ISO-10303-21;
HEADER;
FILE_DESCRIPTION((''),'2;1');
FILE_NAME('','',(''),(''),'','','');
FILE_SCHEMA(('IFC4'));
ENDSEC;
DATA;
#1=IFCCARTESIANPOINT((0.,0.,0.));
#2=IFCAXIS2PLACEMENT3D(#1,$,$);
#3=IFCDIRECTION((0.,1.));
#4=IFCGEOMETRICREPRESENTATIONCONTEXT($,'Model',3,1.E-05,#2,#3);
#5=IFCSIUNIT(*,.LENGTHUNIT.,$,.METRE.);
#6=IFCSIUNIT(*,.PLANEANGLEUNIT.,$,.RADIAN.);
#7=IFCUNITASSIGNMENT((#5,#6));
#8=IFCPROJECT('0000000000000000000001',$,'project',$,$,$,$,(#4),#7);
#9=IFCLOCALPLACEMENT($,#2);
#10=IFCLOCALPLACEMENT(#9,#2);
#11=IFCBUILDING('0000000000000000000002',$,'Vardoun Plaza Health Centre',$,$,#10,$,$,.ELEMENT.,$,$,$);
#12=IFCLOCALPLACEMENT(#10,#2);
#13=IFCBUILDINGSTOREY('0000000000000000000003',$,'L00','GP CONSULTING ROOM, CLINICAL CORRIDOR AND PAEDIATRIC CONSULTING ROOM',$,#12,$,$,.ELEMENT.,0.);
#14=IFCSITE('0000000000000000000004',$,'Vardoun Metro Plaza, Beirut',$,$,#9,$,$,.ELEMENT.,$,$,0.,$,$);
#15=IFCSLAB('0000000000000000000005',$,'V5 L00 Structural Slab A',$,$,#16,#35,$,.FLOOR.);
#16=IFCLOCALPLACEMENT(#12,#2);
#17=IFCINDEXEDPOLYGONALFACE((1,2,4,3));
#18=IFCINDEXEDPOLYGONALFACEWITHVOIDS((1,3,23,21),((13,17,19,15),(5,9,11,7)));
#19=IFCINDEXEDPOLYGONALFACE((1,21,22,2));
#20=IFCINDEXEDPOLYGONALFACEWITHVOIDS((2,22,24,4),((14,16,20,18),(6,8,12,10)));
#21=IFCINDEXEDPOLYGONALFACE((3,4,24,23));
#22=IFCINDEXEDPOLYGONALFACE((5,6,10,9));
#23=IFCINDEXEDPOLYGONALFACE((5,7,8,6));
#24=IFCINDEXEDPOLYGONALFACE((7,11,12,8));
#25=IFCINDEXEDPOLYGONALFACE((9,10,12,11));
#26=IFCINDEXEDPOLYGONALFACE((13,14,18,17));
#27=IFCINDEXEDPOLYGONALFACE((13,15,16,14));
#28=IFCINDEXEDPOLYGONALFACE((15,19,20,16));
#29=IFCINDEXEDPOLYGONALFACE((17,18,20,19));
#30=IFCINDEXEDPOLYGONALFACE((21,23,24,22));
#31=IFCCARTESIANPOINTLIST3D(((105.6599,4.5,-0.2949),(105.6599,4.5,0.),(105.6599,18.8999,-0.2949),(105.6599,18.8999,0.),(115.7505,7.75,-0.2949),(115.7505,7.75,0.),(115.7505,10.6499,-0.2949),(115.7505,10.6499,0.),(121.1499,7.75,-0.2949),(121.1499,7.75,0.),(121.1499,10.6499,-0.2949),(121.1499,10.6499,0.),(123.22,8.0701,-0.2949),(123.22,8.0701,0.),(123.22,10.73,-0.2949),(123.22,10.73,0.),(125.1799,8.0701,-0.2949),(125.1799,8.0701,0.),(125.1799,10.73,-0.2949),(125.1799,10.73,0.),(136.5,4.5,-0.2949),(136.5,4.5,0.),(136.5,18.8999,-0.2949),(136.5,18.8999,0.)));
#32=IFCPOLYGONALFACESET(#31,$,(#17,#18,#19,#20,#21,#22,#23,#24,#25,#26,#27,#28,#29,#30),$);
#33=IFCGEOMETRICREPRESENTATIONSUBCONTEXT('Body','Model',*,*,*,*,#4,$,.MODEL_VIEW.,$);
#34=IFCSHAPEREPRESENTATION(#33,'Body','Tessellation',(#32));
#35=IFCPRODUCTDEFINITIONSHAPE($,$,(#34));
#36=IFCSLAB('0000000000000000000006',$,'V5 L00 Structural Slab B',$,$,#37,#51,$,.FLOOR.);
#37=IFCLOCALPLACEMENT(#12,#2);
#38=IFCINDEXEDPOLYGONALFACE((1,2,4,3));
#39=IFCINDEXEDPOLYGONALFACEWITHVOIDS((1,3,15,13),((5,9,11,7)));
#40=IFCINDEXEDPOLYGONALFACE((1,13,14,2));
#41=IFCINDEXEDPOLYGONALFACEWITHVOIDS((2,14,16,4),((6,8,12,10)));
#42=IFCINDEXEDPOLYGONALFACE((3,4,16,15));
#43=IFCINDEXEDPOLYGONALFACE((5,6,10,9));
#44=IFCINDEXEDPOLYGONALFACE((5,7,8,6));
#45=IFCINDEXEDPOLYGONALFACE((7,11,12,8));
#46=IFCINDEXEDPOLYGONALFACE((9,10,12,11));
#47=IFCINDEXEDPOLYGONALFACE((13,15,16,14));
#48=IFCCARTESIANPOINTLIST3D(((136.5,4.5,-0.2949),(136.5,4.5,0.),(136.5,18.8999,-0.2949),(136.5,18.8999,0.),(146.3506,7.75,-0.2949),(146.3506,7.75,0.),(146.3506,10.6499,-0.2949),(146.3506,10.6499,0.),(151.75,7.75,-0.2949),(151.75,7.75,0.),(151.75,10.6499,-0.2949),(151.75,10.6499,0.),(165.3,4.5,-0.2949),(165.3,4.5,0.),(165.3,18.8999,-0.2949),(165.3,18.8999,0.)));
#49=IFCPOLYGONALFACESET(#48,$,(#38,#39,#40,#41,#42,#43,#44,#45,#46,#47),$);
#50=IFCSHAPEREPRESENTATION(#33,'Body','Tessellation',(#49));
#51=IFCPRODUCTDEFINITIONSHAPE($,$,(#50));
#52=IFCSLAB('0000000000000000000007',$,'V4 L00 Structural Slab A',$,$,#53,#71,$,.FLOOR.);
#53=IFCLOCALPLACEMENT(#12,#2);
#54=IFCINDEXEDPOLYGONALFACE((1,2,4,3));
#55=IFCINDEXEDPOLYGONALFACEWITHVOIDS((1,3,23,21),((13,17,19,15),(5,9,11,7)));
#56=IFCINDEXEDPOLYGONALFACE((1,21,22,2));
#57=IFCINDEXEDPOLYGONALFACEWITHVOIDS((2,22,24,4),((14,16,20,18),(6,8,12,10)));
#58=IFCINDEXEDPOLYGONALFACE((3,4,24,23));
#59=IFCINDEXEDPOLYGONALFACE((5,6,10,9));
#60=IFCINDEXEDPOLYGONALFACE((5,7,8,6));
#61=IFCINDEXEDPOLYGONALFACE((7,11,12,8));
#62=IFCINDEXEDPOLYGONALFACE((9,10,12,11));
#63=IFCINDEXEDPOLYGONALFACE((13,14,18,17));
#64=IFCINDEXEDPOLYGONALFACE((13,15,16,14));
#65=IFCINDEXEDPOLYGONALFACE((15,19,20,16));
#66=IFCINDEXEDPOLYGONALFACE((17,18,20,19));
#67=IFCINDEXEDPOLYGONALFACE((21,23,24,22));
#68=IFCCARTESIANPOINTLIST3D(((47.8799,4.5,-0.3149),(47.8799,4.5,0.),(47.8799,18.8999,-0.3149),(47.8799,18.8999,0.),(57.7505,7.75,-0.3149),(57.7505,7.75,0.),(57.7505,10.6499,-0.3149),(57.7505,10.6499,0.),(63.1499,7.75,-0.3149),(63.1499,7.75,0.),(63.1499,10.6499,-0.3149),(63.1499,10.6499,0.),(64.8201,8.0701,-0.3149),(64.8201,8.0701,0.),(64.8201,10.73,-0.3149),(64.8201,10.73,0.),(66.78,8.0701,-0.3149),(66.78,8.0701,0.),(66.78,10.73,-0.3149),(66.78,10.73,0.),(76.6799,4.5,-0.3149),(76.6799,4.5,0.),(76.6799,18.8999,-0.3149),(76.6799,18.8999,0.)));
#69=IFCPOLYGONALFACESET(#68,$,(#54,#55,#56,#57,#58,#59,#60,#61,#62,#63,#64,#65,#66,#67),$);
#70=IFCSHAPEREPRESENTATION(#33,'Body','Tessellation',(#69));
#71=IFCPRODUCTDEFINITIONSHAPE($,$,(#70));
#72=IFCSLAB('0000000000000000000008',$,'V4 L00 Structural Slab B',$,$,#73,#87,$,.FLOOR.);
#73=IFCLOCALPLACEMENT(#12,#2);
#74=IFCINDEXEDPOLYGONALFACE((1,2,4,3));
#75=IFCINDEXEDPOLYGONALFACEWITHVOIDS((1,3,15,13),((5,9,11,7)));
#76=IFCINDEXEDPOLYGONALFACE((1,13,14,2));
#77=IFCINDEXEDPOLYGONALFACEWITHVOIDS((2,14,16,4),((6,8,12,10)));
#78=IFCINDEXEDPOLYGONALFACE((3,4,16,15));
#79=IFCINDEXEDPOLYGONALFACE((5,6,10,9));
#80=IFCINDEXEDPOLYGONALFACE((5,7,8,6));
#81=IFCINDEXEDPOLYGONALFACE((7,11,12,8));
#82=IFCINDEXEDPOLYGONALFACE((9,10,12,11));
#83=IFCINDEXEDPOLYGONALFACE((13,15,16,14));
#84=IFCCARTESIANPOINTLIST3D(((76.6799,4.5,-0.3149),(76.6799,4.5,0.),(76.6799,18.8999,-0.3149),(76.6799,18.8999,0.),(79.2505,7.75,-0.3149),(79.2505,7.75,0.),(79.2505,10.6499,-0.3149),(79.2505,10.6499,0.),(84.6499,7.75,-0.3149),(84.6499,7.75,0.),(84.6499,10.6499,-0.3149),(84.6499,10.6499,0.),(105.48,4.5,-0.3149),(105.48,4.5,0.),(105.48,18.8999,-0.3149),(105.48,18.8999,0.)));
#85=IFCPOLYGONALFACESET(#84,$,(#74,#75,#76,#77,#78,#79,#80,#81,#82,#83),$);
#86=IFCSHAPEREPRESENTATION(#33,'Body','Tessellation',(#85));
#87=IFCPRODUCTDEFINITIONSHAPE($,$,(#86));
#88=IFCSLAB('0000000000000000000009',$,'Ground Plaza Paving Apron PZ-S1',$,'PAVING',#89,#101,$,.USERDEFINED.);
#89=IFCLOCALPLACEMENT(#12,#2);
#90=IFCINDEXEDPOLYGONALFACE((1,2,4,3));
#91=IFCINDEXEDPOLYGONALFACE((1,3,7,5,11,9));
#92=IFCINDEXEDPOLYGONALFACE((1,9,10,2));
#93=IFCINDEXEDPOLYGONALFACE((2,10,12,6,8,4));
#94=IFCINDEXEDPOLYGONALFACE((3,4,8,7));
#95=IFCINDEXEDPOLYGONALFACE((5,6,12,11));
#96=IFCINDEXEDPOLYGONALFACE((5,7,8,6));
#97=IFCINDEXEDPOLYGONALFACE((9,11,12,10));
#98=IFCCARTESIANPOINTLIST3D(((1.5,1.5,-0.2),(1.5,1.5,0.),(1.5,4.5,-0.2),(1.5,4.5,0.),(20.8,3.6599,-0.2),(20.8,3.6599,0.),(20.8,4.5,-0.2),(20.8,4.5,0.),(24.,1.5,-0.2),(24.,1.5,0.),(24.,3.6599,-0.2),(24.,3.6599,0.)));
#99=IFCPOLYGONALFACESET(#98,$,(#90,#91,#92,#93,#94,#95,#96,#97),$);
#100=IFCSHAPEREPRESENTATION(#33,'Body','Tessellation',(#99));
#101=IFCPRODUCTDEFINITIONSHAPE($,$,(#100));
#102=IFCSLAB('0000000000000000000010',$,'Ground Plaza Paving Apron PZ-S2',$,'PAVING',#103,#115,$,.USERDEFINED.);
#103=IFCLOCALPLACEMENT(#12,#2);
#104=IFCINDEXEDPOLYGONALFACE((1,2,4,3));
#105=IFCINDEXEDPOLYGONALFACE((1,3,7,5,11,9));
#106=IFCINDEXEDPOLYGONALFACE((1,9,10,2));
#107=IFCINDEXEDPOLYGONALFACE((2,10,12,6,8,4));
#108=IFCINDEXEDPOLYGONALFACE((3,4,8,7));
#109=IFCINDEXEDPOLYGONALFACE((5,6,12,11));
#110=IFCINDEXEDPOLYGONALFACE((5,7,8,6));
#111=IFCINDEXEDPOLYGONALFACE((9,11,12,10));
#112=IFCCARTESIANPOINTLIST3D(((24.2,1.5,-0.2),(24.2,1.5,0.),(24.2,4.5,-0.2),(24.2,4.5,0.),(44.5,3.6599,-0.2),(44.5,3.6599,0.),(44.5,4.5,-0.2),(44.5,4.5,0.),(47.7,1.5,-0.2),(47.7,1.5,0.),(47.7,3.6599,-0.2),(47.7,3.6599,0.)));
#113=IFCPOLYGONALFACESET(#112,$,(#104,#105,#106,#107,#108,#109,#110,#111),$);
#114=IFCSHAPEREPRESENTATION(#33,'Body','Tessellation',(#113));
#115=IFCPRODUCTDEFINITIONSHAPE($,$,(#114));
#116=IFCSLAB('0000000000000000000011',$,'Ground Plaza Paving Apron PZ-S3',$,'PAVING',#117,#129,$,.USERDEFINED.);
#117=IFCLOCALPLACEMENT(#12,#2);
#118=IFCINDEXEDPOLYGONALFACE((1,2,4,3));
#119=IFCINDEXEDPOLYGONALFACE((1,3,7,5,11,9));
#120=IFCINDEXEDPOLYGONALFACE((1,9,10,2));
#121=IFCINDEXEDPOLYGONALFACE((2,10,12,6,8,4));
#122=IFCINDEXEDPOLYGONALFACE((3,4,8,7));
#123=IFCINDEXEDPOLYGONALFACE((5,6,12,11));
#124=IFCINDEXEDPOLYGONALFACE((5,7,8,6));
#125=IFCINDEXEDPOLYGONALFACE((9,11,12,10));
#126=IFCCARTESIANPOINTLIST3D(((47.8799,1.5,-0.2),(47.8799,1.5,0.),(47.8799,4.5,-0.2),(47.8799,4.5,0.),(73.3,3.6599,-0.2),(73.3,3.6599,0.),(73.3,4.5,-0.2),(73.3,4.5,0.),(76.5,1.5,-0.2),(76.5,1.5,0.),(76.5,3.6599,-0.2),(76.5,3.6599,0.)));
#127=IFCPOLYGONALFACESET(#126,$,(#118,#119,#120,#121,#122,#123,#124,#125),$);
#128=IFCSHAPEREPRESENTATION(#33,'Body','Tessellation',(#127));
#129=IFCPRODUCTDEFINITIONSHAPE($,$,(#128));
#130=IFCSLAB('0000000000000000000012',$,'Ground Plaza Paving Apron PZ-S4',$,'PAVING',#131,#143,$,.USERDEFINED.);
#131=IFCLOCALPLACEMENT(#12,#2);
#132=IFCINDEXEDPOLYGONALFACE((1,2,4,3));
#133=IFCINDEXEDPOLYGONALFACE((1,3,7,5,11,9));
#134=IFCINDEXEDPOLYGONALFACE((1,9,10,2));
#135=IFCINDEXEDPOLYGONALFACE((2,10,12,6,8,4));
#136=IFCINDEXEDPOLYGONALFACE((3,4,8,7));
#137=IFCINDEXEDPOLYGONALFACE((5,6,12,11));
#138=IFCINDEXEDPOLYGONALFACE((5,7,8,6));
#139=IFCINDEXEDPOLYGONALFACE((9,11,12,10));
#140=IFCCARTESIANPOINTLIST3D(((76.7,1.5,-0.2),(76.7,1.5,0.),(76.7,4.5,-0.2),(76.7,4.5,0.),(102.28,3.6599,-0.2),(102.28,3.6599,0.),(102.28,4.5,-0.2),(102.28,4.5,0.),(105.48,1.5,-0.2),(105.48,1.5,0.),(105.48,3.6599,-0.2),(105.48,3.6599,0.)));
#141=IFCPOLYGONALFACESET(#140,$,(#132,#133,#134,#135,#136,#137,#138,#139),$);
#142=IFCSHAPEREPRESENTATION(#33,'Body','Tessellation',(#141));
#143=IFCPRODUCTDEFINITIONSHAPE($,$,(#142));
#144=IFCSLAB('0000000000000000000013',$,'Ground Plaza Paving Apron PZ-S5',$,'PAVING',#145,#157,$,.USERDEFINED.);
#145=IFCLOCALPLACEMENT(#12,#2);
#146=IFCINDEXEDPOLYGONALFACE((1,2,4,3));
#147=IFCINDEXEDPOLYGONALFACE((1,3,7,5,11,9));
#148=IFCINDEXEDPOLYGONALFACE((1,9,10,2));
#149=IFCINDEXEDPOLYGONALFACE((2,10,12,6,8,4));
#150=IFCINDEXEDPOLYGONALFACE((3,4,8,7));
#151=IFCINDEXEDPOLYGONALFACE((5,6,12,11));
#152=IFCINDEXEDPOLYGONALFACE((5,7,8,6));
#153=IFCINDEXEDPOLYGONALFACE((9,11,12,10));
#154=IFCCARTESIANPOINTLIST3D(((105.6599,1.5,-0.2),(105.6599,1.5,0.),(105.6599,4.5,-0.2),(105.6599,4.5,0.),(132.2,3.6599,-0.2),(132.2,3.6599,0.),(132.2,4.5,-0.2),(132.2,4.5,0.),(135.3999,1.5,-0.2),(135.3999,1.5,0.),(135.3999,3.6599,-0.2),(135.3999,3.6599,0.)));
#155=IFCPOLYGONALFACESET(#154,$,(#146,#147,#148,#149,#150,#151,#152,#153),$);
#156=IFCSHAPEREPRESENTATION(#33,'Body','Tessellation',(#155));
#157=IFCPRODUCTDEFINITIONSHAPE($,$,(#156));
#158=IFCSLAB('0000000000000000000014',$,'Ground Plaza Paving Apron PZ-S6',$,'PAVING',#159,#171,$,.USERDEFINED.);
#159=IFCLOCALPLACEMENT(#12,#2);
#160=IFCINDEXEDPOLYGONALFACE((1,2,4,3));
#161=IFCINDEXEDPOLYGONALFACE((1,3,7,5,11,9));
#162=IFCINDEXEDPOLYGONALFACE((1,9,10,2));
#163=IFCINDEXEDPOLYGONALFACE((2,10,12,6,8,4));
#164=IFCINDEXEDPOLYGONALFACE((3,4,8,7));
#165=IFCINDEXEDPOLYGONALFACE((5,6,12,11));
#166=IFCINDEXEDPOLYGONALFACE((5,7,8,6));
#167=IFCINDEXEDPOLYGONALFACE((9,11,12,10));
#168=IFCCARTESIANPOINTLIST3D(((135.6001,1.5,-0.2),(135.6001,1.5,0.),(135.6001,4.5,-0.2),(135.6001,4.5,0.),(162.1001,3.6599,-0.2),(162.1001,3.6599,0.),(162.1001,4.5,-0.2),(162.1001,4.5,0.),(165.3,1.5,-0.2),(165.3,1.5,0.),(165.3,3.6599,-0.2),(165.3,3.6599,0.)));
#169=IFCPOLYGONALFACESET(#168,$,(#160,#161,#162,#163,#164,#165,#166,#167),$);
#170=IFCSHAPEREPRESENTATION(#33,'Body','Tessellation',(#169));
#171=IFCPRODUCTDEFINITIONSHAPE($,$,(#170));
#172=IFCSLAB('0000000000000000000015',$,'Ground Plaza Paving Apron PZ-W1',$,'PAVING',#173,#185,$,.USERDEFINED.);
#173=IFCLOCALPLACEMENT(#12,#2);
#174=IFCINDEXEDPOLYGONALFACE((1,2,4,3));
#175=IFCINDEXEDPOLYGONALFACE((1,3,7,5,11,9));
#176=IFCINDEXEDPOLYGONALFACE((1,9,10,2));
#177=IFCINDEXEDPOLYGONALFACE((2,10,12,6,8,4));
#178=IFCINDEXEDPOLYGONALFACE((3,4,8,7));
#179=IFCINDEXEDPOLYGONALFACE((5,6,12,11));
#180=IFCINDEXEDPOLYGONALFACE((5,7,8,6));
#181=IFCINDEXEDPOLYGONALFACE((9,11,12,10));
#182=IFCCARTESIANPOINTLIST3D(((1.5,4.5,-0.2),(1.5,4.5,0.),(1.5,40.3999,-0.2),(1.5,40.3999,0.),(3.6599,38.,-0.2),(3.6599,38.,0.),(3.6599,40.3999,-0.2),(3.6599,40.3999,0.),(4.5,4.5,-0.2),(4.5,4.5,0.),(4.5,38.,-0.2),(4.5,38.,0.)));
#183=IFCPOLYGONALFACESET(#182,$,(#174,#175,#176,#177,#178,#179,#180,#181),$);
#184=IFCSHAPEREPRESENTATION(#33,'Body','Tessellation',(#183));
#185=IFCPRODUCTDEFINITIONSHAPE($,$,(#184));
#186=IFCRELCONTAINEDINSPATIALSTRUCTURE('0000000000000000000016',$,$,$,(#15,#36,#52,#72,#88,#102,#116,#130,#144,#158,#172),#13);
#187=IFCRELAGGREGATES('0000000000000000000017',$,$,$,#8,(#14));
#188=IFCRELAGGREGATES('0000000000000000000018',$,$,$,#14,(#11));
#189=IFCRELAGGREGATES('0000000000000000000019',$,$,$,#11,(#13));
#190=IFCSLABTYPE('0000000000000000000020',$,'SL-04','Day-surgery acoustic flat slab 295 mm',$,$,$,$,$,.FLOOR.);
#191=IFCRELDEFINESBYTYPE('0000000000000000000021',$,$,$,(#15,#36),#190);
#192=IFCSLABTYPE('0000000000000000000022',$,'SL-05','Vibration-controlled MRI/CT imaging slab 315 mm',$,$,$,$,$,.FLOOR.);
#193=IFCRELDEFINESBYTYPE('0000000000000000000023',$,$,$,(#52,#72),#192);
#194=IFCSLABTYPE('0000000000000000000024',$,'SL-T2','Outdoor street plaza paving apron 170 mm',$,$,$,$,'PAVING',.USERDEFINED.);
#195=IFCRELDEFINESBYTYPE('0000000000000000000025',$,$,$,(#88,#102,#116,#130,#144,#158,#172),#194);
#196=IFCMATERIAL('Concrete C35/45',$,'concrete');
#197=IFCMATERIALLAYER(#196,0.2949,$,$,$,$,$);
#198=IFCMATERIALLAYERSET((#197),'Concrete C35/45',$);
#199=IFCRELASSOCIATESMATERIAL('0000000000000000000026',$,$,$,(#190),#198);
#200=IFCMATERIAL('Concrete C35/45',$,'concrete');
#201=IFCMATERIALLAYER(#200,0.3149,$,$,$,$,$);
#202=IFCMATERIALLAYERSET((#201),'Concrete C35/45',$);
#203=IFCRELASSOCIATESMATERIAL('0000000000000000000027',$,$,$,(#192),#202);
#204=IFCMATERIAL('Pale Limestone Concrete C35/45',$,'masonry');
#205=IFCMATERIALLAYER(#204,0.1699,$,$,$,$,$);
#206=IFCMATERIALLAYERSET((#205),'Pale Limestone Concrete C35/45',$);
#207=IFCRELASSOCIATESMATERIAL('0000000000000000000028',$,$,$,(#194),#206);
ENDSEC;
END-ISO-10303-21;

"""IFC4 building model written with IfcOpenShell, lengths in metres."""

from ifc_helpers import new_model, si_unit, direction, frame, origin, place, context, subcontext, project, spatial, polyline, outline, extrude, material, layer, layer_set, type_object, element, save


model = new_model("IFC4")

# Units and contexts
model_context = context("Model", 3, precision=1e-05, world=origin(), true_north=direction((0.0, 1.0)))
body_context = subcontext(model_context, "Body", "Model", "MODEL_VIEW")
ifc_project = project(units=[si_unit("LENGTHUNIT", "METRE"), si_unit("PLANEANGLEUNIT", "RADIAN")], contexts=[model_context])

# Site, building, storey
site_placement = place(None, origin())
site = spatial("IfcSite", under=ifc_project, at=site_placement, Name="Vardoun Metro Plaza, Beirut", CompositionType="ELEMENT", RefElevation=0.0)
building_placement = place(site_placement, origin())
building = spatial("IfcBuilding", under=site, at=building_placement, Name="Vardoun Plaza Health Centre", CompositionType="ELEMENT")
storey_placement = place(building_placement, origin())
storey = spatial("IfcBuildingStorey", under=building, at=storey_placement, Name="L00", Description="GP CONSULTING ROOM, CLINICAL CORRIDOR AND PAEDIATRIC CONSULTING ROOM", CompositionType="ELEMENT", Elevation=0.0)

# Slabs
ifc_material_1 = material(Name="Concrete C35/45", Category="concrete")
ifc_layer_1 = layer(ifc_material_1, 0.2949)
ifc_layer_set_1 = layer_set([ifc_layer_1], Name="Concrete C35/45")
slab_type_1 = type_object("IfcSlabType", Name="SL-04", Description="Day-surgery acoustic flat slab 295 mm", PredefinedType="FLOOR", material=ifc_layer_set_1)
slab_1_placement = place(storey_placement, frame((0.0, 0.0, -0.2949)))
element("IfcSlab", 1, at=slab_1_placement, inside=storey, type_object=slab_type_1, Name="V5 L00 Structural Slab A", PredefinedType="FLOOR", context=body_context, shape_type="SweptSolid", body=[
    extrude(outline(polyline([(105.6599, 4.5), (136.5, 4.5), (136.5, 18.8999), (105.6599, 18.8999), (105.6599, 4.5)]), holes=[polyline([(115.7505, 7.75), (121.1499, 7.75), (121.1499, 10.6499), (115.7505, 10.6499), (115.7505, 7.75)]), polyline([(123.22, 8.0701), (125.1799, 8.0701), (125.1799, 10.73), (123.22, 10.73), (123.22, 8.0701)])]), origin(), (0.0, 0.0, 1.0), 0.2949),
])
slab_2_placement = place(storey_placement, frame((0.0, 0.0, -0.2949)))
element("IfcSlab", 2, at=slab_2_placement, inside=storey, type_object=slab_type_1, Name="V5 L00 Structural Slab B", PredefinedType="FLOOR", context=body_context, shape_type="SweptSolid", body=[
    extrude(outline(polyline([(136.5, 4.5), (165.3, 4.5), (165.3, 18.8999), (136.5, 18.8999), (136.5, 4.5)]), holes=[polyline([(146.3506, 7.75), (151.75, 7.75), (151.75, 10.6499), (146.3506, 10.6499), (146.3506, 7.75)])]), origin(), (0.0, 0.0, 1.0), 0.2949),
])
ifc_material_2 = material(Name="Concrete C35/45", Category="concrete")
ifc_layer_2 = layer(ifc_material_2, 0.3149)
ifc_layer_set_2 = layer_set([ifc_layer_2], Name="Concrete C35/45")
slab_type_2 = type_object("IfcSlabType", Name="SL-05", Description="Vibration-controlled MRI/CT imaging slab 315 mm", PredefinedType="FLOOR", material=ifc_layer_set_2)
slab_3_placement = place(storey_placement, frame((0.0, 0.0, -0.3149)))
element("IfcSlab", 3, at=slab_3_placement, inside=storey, type_object=slab_type_2, Name="V4 L00 Structural Slab A", PredefinedType="FLOOR", context=body_context, shape_type="SweptSolid", body=[
    extrude(outline(polyline([(47.8799, 4.5), (76.6799, 4.5), (76.6799, 18.8999), (47.8799, 18.8999), (47.8799, 4.5)]), holes=[polyline([(57.7505, 7.75), (63.1499, 7.75), (63.1499, 10.6499), (57.7505, 10.6499), (57.7505, 7.75)]), polyline([(64.8201, 8.0701), (66.78, 8.0701), (66.78, 10.73), (64.8201, 10.73), (64.8201, 8.0701)])]), origin(), (0.0, 0.0, 1.0), 0.3149),
])
slab_4_placement = place(storey_placement, frame((0.0, 0.0, -0.3149)))
element("IfcSlab", 4, at=slab_4_placement, inside=storey, type_object=slab_type_2, Name="V4 L00 Structural Slab B", PredefinedType="FLOOR", context=body_context, shape_type="SweptSolid", body=[
    extrude(outline(polyline([(76.6799, 4.5), (105.48, 4.5), (105.48, 18.8999), (76.6799, 18.8999), (76.6799, 4.5)]), holes=[polyline([(79.2505, 7.75), (84.6499, 7.75), (84.6499, 10.6499), (79.2505, 10.6499), (79.2505, 7.75)])]), origin(), (0.0, 0.0, 1.0), 0.3149),
])
ifc_material_3 = material(Name="Pale Limestone Concrete C35/45", Category="masonry")
ifc_layer_3 = layer(ifc_material_3, 0.1699)
ifc_layer_set_3 = layer_set([ifc_layer_3], Name="Pale Limestone Concrete C35/45")
slab_type_3 = type_object("IfcSlabType", Name="SL-T2", Description="Outdoor street plaza paving apron 170 mm", ElementType="PAVING", PredefinedType="USERDEFINED", material=ifc_layer_set_3)
slab_5_placement = place(storey_placement, frame((0.0, 0.0, -0.2)))
element("IfcSlab", 5, at=slab_5_placement, inside=storey, type_object=slab_type_3, Name="Ground Plaza Paving Apron PZ-S1", ObjectType="PAVING", PredefinedType="USERDEFINED", context=body_context, shape_type="SweptSolid", body=[
    extrude(outline(polyline([(1.5, 1.5), (24.0, 1.5), (24.0, 3.6599), (20.8, 3.6599), (20.8, 4.5), (1.5, 4.5), (1.5, 1.5)])), origin(), (0.0, 0.0, 1.0), 0.2),
])
slab_6_placement = place(storey_placement, frame((0.0, 0.0, -0.2)))
element("IfcSlab", 6, at=slab_6_placement, inside=storey, type_object=slab_type_3, Name="Ground Plaza Paving Apron PZ-S2", ObjectType="PAVING", PredefinedType="USERDEFINED", context=body_context, shape_type="SweptSolid", body=[
    extrude(outline(polyline([(24.2, 1.5), (47.7, 1.5), (47.7, 3.6599), (44.5, 3.6599), (44.5, 4.5), (24.2, 4.5), (24.2, 1.5)])), origin(), (0.0, 0.0, 1.0), 0.2),
])
slab_7_placement = place(storey_placement, frame((0.0, 0.0, -0.2)))
element("IfcSlab", 7, at=slab_7_placement, inside=storey, type_object=slab_type_3, Name="Ground Plaza Paving Apron PZ-S3", ObjectType="PAVING", PredefinedType="USERDEFINED", context=body_context, shape_type="SweptSolid", body=[
    extrude(outline(polyline([(47.8799, 1.5), (76.5, 1.5), (76.5, 3.6599), (73.3, 3.6599), (73.3, 4.5), (47.8799, 4.5), (47.8799, 1.5)])), origin(), (0.0, 0.0, 1.0), 0.2),
])
slab_8_placement = place(storey_placement, frame((0.0, 0.0, -0.2)))
element("IfcSlab", 8, at=slab_8_placement, inside=storey, type_object=slab_type_3, Name="Ground Plaza Paving Apron PZ-S4", ObjectType="PAVING", PredefinedType="USERDEFINED", context=body_context, shape_type="SweptSolid", body=[
    extrude(outline(polyline([(76.7, 1.5), (105.48, 1.5), (105.48, 3.6599), (102.28, 3.6599), (102.28, 4.5), (76.7, 4.5), (76.7, 1.5)])), origin(), (0.0, 0.0, 1.0), 0.2),
])
slab_9_placement = place(storey_placement, frame((0.0, 0.0, -0.2)))
element("IfcSlab", 9, at=slab_9_placement, inside=storey, type_object=slab_type_3, Name="Ground Plaza Paving Apron PZ-S5", ObjectType="PAVING", PredefinedType="USERDEFINED", context=body_context, shape_type="SweptSolid", body=[
    extrude(outline(polyline([(105.6599, 1.5), (135.3999, 1.5), (135.3999, 3.6599), (132.2, 3.6599), (132.2, 4.5), (105.6599, 4.5), (105.6599, 1.5)])), origin(), (0.0, 0.0, 1.0), 0.2),
])
slab_10_placement = place(storey_placement, frame((0.0, 0.0, -0.2)))
element("IfcSlab", 10, at=slab_10_placement, inside=storey, type_object=slab_type_3, Name="Ground Plaza Paving Apron PZ-S6", ObjectType="PAVING", PredefinedType="USERDEFINED", context=body_context, shape_type="SweptSolid", body=[
    extrude(outline(polyline([(135.6001, 1.5), (165.3, 1.5), (165.3, 3.6599), (162.1001, 3.6599), (162.1001, 4.5), (135.6001, 4.5), (135.6001, 1.5)])), origin(), (0.0, 0.0, 1.0), 0.2),
])
slab_11_placement = place(storey_placement, frame((0.0, 0.0, -0.2)))
element("IfcSlab", 11, at=slab_11_placement, inside=storey, type_object=slab_type_3, Name="Ground Plaza Paving Apron PZ-W1", ObjectType="PAVING", PredefinedType="USERDEFINED", context=body_context, shape_type="SweptSolid", body=[
    extrude(outline(polyline([(1.5, 4.5), (4.5, 4.5), (4.5, 38.0), (3.6599, 38.0), (3.6599, 40.3999), (1.5, 40.3999), (1.5, 4.5)])), origin(), (0.0, 0.0, 1.0), 0.2),
])

save(model, "model.ifc")
